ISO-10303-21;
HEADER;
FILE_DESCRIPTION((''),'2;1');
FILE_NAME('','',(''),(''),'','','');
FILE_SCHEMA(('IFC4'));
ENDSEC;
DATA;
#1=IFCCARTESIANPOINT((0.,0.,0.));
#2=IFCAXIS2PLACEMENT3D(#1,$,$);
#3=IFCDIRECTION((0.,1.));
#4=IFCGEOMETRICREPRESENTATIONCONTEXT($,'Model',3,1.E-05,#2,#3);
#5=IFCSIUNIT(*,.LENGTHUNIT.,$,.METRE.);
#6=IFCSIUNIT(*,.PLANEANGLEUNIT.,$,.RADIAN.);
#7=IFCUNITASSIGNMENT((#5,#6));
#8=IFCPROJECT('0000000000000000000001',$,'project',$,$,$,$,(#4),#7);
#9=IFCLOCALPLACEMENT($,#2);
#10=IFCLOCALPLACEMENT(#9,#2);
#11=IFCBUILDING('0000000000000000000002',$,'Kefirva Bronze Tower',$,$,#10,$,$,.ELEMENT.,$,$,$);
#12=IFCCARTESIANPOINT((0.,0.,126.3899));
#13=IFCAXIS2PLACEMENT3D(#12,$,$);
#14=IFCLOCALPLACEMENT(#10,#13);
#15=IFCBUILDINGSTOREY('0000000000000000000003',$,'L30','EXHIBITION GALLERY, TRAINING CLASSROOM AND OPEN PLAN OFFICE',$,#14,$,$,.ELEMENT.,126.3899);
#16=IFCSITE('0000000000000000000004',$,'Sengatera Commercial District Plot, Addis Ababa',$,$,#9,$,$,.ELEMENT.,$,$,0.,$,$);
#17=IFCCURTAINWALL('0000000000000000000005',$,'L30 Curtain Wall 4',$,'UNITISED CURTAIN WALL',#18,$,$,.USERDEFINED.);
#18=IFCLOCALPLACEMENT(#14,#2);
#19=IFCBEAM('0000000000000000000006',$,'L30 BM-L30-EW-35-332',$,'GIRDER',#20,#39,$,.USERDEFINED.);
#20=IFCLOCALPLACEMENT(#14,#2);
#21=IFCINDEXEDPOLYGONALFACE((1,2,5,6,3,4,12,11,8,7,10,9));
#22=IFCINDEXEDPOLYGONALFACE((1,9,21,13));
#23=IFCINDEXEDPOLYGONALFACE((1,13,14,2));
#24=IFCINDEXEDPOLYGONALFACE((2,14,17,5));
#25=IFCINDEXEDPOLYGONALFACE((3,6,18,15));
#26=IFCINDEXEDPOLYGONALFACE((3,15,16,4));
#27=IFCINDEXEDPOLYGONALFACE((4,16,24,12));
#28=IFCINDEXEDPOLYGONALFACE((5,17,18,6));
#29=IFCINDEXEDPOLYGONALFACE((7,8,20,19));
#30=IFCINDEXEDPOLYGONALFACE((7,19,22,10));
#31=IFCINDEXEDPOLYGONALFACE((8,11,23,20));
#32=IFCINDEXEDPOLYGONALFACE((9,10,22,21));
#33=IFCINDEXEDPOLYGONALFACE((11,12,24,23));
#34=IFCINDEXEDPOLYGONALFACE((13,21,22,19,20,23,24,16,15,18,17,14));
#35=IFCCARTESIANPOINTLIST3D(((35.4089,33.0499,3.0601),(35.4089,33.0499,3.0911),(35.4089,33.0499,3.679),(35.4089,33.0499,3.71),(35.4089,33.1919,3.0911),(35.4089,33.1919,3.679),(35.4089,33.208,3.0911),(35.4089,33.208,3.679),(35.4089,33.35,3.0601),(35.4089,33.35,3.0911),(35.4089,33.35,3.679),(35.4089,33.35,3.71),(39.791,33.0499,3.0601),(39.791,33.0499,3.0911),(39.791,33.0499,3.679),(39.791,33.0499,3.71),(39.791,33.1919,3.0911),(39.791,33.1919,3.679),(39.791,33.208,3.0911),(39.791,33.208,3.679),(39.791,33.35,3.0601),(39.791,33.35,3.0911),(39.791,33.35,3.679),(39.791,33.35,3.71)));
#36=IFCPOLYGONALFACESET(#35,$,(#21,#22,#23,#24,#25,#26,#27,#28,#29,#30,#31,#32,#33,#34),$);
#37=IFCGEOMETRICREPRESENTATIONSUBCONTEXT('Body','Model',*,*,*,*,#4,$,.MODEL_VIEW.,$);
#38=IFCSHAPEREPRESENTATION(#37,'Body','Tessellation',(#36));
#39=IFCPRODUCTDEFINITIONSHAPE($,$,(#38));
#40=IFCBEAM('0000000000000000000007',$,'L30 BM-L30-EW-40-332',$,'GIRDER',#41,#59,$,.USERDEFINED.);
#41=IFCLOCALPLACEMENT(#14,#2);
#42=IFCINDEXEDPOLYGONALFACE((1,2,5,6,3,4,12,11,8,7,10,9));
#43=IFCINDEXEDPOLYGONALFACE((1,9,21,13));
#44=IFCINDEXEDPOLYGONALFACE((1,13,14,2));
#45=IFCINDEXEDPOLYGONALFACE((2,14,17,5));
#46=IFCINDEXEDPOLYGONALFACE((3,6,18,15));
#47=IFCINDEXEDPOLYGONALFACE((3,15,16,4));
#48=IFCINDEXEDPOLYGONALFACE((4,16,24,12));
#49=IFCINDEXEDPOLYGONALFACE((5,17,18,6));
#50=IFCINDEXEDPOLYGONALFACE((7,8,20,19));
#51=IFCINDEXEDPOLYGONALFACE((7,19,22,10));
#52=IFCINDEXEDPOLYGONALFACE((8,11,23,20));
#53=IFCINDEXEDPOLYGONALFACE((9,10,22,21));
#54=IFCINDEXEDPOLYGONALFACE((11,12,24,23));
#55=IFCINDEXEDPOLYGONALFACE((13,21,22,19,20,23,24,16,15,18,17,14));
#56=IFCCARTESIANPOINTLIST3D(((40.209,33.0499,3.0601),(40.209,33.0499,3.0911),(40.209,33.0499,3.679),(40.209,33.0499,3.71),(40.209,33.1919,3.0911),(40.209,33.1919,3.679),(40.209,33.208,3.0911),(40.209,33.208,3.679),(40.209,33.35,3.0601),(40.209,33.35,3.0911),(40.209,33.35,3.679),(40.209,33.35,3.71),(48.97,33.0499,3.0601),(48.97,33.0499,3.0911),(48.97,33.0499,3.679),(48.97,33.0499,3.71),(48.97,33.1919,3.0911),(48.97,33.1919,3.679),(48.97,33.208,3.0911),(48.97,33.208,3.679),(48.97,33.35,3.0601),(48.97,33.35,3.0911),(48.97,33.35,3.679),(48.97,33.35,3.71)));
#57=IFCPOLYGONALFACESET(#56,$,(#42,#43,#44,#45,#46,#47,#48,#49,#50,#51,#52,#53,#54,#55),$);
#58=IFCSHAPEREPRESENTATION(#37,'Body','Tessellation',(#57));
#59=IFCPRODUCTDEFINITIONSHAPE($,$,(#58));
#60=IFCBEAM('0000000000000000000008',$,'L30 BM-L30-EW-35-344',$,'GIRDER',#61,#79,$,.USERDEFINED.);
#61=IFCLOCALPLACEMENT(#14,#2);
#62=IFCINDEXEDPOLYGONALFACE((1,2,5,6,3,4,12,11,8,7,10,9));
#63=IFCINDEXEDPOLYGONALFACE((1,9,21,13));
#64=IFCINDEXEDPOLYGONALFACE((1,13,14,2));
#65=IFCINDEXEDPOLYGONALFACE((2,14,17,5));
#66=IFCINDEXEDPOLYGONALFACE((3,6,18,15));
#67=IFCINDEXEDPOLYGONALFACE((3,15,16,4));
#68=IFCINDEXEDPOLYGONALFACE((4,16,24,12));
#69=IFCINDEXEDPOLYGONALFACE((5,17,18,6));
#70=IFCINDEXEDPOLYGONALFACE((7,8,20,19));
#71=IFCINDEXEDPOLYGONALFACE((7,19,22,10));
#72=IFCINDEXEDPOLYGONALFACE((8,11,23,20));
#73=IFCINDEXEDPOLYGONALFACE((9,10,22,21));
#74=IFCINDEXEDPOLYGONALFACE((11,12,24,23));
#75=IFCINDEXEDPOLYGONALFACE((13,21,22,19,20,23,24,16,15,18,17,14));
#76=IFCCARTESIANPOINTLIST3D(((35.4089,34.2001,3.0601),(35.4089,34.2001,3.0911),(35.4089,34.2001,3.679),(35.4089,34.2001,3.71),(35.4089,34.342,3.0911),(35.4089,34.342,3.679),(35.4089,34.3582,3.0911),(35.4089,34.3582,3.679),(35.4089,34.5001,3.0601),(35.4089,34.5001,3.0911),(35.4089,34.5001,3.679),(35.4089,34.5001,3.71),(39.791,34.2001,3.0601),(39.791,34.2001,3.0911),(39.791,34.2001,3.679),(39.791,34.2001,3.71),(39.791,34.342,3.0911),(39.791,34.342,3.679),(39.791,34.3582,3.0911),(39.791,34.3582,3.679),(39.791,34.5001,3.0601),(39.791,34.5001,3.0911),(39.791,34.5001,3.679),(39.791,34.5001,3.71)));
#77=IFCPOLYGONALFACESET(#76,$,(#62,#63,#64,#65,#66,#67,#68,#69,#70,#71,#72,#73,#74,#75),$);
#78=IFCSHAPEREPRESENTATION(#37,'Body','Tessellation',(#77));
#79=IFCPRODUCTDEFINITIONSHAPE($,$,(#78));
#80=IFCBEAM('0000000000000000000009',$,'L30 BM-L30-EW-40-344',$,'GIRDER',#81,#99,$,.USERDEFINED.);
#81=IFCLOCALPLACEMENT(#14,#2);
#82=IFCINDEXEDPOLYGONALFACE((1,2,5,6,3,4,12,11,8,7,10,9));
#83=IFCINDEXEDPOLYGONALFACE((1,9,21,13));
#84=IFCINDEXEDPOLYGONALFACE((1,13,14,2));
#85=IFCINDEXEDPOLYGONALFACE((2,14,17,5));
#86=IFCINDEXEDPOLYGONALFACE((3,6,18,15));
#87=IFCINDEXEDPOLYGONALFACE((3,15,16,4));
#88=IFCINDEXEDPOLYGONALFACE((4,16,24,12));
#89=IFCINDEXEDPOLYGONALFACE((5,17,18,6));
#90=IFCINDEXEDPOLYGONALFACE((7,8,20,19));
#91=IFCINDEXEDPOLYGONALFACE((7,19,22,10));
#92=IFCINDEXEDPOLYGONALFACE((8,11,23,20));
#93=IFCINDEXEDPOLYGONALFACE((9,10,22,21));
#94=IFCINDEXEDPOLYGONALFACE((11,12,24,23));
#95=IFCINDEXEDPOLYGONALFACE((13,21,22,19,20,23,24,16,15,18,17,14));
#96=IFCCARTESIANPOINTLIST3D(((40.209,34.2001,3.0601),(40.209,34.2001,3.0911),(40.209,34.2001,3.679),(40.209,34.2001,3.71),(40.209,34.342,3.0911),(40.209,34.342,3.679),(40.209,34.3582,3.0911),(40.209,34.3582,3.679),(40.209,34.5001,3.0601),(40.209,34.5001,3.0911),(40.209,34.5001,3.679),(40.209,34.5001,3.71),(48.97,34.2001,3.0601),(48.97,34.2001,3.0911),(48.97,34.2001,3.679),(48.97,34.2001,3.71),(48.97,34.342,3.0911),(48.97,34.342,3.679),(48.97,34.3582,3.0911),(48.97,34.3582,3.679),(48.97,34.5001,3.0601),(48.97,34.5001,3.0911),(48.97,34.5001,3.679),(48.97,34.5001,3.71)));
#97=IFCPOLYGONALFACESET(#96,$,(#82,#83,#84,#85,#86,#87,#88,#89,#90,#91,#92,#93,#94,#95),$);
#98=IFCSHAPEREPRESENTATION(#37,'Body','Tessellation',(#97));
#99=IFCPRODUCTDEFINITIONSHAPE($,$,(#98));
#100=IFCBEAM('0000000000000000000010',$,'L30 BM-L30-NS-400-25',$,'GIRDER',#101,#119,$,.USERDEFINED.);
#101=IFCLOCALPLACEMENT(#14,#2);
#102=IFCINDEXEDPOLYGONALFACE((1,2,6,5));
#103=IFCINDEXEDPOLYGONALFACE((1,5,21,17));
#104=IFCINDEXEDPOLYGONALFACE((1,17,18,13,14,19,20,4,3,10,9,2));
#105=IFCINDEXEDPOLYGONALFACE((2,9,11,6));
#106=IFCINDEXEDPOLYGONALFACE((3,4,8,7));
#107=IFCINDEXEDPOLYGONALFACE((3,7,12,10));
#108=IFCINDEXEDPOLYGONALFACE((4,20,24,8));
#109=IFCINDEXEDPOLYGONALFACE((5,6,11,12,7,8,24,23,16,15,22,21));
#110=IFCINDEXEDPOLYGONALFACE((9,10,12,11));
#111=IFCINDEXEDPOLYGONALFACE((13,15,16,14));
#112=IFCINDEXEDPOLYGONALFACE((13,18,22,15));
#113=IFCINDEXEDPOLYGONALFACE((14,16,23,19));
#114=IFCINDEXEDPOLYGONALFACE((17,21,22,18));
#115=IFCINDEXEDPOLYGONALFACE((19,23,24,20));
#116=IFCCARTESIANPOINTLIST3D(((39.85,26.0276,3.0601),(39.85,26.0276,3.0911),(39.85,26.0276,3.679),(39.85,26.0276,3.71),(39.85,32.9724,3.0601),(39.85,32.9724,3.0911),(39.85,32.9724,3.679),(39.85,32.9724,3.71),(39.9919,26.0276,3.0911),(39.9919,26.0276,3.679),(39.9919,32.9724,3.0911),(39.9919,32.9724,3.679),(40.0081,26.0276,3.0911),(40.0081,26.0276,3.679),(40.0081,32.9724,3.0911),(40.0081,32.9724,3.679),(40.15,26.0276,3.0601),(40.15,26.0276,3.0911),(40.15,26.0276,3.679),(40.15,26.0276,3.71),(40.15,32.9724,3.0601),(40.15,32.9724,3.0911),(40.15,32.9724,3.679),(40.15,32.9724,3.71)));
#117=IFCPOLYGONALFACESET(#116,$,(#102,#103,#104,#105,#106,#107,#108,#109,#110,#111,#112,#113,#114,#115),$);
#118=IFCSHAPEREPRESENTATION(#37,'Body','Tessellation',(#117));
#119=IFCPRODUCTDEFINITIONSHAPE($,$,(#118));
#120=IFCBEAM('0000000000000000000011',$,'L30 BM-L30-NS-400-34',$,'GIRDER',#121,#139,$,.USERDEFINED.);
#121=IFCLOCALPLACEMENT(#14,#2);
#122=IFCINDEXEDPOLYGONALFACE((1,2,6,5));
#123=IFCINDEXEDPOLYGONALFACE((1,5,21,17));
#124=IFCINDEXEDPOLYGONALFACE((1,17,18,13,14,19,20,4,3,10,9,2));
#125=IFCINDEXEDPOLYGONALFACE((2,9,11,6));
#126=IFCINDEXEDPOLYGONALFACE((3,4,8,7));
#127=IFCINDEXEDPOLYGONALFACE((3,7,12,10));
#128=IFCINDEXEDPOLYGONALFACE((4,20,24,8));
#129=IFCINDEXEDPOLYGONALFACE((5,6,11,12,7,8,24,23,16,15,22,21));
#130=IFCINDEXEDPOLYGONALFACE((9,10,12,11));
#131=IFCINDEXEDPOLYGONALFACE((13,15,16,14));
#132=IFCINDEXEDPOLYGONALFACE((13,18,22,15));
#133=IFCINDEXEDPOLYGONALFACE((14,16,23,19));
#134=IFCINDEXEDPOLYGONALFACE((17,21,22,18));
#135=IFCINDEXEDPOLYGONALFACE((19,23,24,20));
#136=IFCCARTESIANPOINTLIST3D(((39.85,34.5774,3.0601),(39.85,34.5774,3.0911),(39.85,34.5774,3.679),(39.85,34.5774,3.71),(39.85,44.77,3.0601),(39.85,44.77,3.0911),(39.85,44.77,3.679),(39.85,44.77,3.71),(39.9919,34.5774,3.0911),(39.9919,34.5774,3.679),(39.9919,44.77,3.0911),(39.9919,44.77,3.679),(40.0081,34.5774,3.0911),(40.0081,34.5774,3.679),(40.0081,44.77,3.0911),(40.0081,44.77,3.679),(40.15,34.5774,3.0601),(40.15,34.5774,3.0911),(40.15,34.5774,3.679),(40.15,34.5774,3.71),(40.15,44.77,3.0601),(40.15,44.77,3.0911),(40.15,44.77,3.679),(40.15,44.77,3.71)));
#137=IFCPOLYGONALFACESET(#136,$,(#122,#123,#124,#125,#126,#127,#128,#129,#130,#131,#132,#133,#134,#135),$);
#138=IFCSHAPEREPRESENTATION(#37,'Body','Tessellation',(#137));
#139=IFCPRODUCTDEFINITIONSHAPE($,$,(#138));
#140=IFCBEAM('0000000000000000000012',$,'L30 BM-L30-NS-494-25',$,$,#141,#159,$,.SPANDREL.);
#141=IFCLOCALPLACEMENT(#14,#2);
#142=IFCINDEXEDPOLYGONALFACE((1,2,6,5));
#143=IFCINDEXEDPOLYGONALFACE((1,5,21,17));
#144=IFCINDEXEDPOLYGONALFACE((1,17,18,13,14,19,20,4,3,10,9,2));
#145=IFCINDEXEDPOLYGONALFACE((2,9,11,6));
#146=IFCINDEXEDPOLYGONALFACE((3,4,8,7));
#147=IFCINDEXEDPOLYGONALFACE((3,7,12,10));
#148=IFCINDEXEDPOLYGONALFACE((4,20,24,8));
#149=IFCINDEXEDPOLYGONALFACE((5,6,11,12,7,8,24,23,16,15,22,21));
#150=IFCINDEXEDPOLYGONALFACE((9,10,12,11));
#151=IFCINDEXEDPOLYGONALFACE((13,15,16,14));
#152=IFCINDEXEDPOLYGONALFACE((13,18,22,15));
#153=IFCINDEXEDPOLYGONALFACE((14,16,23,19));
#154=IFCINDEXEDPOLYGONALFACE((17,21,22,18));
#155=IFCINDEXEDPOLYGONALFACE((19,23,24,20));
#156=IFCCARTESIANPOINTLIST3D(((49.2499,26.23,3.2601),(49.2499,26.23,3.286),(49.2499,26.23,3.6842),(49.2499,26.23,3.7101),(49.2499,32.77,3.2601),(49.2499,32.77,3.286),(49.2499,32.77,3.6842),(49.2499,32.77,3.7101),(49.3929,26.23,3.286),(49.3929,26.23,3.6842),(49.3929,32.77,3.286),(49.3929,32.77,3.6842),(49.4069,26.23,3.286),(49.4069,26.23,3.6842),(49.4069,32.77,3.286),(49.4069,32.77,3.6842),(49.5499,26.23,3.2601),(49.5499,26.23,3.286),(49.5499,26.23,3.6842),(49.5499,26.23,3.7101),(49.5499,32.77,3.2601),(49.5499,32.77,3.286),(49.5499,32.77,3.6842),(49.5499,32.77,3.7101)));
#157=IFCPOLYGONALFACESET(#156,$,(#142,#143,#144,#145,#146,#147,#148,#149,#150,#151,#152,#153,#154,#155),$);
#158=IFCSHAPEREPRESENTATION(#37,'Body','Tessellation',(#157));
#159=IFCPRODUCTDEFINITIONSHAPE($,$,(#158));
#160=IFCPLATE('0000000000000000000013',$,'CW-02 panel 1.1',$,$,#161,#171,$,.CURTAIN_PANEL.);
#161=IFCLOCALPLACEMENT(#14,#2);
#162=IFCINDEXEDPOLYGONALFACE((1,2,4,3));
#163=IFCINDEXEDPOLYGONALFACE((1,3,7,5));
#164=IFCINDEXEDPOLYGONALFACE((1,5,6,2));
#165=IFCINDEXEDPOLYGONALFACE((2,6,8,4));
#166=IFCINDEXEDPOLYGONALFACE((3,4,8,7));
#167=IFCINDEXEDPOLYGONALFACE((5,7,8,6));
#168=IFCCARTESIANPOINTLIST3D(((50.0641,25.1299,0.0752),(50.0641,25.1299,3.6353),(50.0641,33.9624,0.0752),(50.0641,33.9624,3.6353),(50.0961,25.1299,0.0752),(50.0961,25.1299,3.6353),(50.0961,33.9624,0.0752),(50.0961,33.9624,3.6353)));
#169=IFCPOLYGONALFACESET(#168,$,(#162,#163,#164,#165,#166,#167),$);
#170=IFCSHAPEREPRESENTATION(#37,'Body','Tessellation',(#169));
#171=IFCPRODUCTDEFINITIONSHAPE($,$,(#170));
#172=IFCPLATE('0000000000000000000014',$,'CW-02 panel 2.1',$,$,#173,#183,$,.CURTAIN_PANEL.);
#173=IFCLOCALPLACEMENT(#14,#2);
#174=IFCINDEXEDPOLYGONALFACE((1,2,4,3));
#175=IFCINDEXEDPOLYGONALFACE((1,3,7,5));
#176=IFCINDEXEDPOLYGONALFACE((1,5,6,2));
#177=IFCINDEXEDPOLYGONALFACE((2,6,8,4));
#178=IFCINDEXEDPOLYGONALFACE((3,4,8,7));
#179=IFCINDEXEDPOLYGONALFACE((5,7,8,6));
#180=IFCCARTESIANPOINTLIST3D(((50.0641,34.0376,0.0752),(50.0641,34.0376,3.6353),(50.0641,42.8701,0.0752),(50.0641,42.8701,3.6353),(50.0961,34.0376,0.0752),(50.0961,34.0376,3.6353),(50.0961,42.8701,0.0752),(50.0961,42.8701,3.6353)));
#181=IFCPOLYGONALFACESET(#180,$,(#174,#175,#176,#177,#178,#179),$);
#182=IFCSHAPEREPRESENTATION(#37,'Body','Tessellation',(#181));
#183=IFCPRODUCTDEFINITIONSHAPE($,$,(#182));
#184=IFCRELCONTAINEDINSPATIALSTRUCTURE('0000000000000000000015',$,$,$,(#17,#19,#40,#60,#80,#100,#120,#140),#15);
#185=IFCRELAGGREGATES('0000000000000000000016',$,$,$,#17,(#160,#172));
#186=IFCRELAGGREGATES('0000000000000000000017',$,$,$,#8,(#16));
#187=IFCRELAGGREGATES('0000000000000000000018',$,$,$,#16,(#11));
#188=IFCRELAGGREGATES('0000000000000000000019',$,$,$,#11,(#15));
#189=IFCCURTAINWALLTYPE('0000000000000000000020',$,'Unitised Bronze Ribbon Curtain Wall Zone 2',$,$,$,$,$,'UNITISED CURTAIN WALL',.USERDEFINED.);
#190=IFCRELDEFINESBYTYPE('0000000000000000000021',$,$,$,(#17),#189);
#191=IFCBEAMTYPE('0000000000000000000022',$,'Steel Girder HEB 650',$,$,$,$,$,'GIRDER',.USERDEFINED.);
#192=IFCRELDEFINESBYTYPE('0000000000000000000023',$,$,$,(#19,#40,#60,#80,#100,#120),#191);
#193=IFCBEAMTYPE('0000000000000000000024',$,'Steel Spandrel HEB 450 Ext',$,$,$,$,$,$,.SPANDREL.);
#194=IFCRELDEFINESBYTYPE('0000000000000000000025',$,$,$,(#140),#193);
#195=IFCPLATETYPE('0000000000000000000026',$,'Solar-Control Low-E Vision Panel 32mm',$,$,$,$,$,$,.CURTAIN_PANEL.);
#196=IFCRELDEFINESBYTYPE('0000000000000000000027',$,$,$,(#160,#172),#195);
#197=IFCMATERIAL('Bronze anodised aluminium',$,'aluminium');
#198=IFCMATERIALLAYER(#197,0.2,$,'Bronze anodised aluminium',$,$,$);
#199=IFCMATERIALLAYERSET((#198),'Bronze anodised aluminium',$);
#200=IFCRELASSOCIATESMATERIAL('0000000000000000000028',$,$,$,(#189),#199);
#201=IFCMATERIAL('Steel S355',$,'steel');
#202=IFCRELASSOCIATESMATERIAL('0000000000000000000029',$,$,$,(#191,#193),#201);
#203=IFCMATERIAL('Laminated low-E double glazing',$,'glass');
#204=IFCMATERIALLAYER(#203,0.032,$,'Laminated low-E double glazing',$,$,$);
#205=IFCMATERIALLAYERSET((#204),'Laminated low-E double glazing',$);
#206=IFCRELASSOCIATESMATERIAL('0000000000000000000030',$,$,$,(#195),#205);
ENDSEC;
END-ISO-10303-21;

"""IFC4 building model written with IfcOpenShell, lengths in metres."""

from ifc_helpers import new_model, si_unit, direction, frame, origin, origin_2d, place, context, subcontext, project, spatial, rectangle, i_section, extrude, material, layer, layer_set, material_profile, profile_set, type_object, element, aggregate, save


model = new_model("IFC4")

# Units and contexts
model_context = context("Model", 3, precision=1e-05, world=origin(), true_north=direction((0.0, 1.0)))
body_context = subcontext(model_context, "Body", "Model", "MODEL_VIEW")
ifc_project = project(units=[si_unit("LENGTHUNIT", "METRE"), si_unit("PLANEANGLEUNIT", "RADIAN")], contexts=[model_context])

# Site, building, storey
site_placement = place(None, origin())
site = spatial("IfcSite", under=ifc_project, at=site_placement, Name="Sengatera Commercial District Plot, Addis Ababa", CompositionType="ELEMENT", RefElevation=0.0)
building_placement = place(site_placement, origin())
building = spatial("IfcBuilding", under=site, at=building_placement, Name="Kefirva Bronze Tower", CompositionType="ELEMENT")
storey_placement = place(building_placement, frame((0.0, 0.0, 126.3899)))
storey = spatial("IfcBuildingStorey", under=building, at=storey_placement, Name="L30", Description="EXHIBITION GALLERY, TRAINING CLASSROOM AND OPEN PLAN OFFICE", CompositionType="ELEMENT", Elevation=126.3899)

# Curtain wall
ifc_material_1 = material(Name="Bronze anodised aluminium", Category="aluminium")
ifc_layer_1 = layer(ifc_material_1, 0.2, Name="Bronze anodised aluminium")
ifc_layer_set_1 = layer_set([ifc_layer_1], Name="Bronze anodised aluminium")
curtain_wall_type = type_object("IfcCurtainWallType", Name="Unitised Bronze Ribbon Curtain Wall Zone 2", ElementType="UNITISED CURTAIN WALL", PredefinedType="USERDEFINED", material=ifc_layer_set_1)
curtain_wall_placement = place(storey_placement, origin())
curtain_wall = element("IfcCurtainWall", 1, at=curtain_wall_placement, inside=storey, type_object=curtain_wall_type, Name="L30 Curtain Wall 4", ObjectType="UNITISED CURTAIN WALL", PredefinedType="USERDEFINED")

# Beams
ifc_material_2 = material(Name="Steel S355", Category="steel")
ifc_material_profile_1 = material_profile(ifc_material_2, i_section(OverallWidth=0.3, OverallDepth=0.6499, WebThickness=0.0161, FlangeThickness=0.031, at=origin_2d()), Name="HEB 650")
ifc_profile_set_1 = profile_set([ifc_material_profile_1], Name="Steel S355")
beam_type_1 = type_object("IfcBeamType", Name="Steel Girder HEB 650", ElementType="GIRDER", PredefinedType="USERDEFINED", material=ifc_profile_set_1)
beam_1_placement = place(storey_placement, frame((35.4089, 33.2, 3.385), z_axis=(1.0, 0.0, 0.0), x_axis=(0.0, 1.0, 0.0)))
element("IfcBeam", 2, at=beam_1_placement, inside=storey, type_object=beam_type_1, Name="L30 BM-L30-EW-35-332", ObjectType="GIRDER", PredefinedType="USERDEFINED", context=body_context, shape_type="SweptSolid", body=[
    extrude(i_section(OverallWidth=0.3, OverallDepth=0.6499, WebThickness=0.0161, FlangeThickness=0.031, at=origin_2d()), origin(), (0.0, 0.0, 1.0), 4.3821),
])
beam_2_placement = place(storey_placement, frame((40.209, 33.2, 3.385), z_axis=(1.0, 0.0, 0.0), x_axis=(0.0, 1.0, 0.0)))
element("IfcBeam", 3, at=beam_2_placement, inside=storey, type_object=beam_type_1, Name="L30 BM-L30-EW-40-332", ObjectType="GIRDER", PredefinedType="USERDEFINED", context=body_context, shape_type="SweptSolid", body=[
    extrude(i_section(OverallWidth=0.3, OverallDepth=0.6499, WebThickness=0.0161, FlangeThickness=0.031, at=origin_2d()), origin(), (0.0, 0.0, 1.0), 8.761),
])
beam_3_placement = place(storey_placement, frame((35.4089, 34.3501, 3.385), z_axis=(1.0, 0.0, 0.0), x_axis=(0.0, 1.0, 0.0)))
element("IfcBeam", 4, at=beam_3_placement, inside=storey, type_object=beam_type_1, Name="L30 BM-L30-EW-35-344", ObjectType="GIRDER", PredefinedType="USERDEFINED", context=body_context, shape_type="SweptSolid", body=[
    extrude(i_section(OverallWidth=0.3, OverallDepth=0.6499, WebThickness=0.0161, FlangeThickness=0.031, at=origin_2d()), origin(), (0.0, 0.0, 1.0), 4.3821),
])
beam_4_placement = place(storey_placement, frame((40.209, 34.3501, 3.385), z_axis=(1.0, 0.0, 0.0), x_axis=(0.0, 1.0, 0.0)))
element("IfcBeam", 5, at=beam_4_placement, inside=storey, type_object=beam_type_1, Name="L30 BM-L30-EW-40-344", ObjectType="GIRDER", PredefinedType="USERDEFINED", context=body_context, shape_type="SweptSolid", body=[
    extrude(i_section(OverallWidth=0.3, OverallDepth=0.6499, WebThickness=0.0161, FlangeThickness=0.031, at=origin_2d()), origin(), (0.0, 0.0, 1.0), 8.761),
])
beam_5_placement = place(storey_placement, frame((40.0, 26.0276, 3.385), z_axis=(0.0, 1.0, 0.0), x_axis=(-1.0, 0.0, 0.0)))
element("IfcBeam", 6, at=beam_5_placement, inside=storey, type_object=beam_type_1, Name="L30 BM-L30-NS-400-25", ObjectType="GIRDER", PredefinedType="USERDEFINED", context=body_context, shape_type="SweptSolid", body=[
    extrude(i_section(OverallWidth=0.3, OverallDepth=0.6499, WebThickness=0.0161, FlangeThickness=0.031, at=origin_2d()), origin(), (0.0, 0.0, 1.0), 6.9448),
])
beam_6_placement = place(storey_placement, frame((40.0, 34.5774, 3.385), z_axis=(0.0, 1.0, 0.0), x_axis=(-1.0, 0.0, 0.0)))
element("IfcBeam", 7, at=beam_6_placement, inside=storey, type_object=beam_type_1, Name="L30 BM-L30-NS-400-34", ObjectType="GIRDER", PredefinedType="USERDEFINED", context=body_context, shape_type="SweptSolid", body=[
    extrude(i_section(OverallWidth=0.3, OverallDepth=0.6499, WebThickness=0.0161, FlangeThickness=0.031, at=origin_2d()), origin(), (0.0, 0.0, 1.0), 10.1926),
])
ifc_material_profile_2 = material_profile(ifc_material_2, i_section(OverallWidth=0.3, OverallDepth=0.45, WebThickness=0.0139, FlangeThickness=0.0259, at=origin_2d()), Name="HEB 450")
ifc_profile_set_2 = profile_set([ifc_material_profile_2], Name="Steel S355")
beam_type_2 = type_object("IfcBeamType", Name="Steel Spandrel HEB 450 Ext", PredefinedType="SPANDREL", material=ifc_profile_set_2)
beam_7_placement = place(storey_placement, frame((49.3999, 26.23, 3.4851), z_axis=(0.0, 1.0, 0.0), x_axis=(-1.0, 0.0, 0.0)))
element("IfcBeam", 8, at=beam_7_placement, inside=storey, type_object=beam_type_2, Name="L30 BM-L30-NS-494-25", PredefinedType="SPANDREL", context=body_context, shape_type="SweptSolid", body=[
    extrude(i_section(OverallWidth=0.3, OverallDepth=0.45, WebThickness=0.0139, FlangeThickness=0.0259, at=origin_2d()), origin(), (0.0, 0.0, 1.0), 6.54),
])

# Plates
ifc_material_3 = material(Name="Laminated low-E double glazing", Category="glass")
ifc_layer_2 = layer(ifc_material_3, 0.032, Name="Laminated low-E double glazing")
ifc_layer_set_2 = layer_set([ifc_layer_2], Name="Laminated low-E double glazing")
plate_type = type_object("IfcPlateType", Name="Solar-Control Low-E Vision Panel 32mm", PredefinedType="CURTAIN_PANEL", material=ifc_layer_set_2)
plate_1_placement = place(storey_placement, frame((50.0801, 29.5461, 0.0752), z_axis=(0.0, 0.0, 1.0), x_axis=(0.0, 1.0, 0.0)))
plate_1 = element("IfcPlate", 9, at=plate_1_placement, type_object=plate_type, Name="CW-02 panel 1.1", PredefinedType="CURTAIN_PANEL", context=body_context, shape_type="SweptSolid", body=[
    extrude(rectangle(XDim=8.8325, YDim=0.032, at=origin_2d()), origin(), (0.0, 0.0, 1.0), 3.5601),
])
plate_2_placement = place(storey_placement, frame((50.0801, 38.4539, 0.0752), z_axis=(0.0, 0.0, 1.0), x_axis=(0.0, 1.0, 0.0)))
plate_2 = element("IfcPlate", 10, at=plate_2_placement, type_object=plate_type, Name="CW-02 panel 2.1", PredefinedType="CURTAIN_PANEL", context=body_context, shape_type="SweptSolid", body=[
    extrude(rectangle(XDim=8.8325, YDim=0.032, at=origin_2d()), origin(), (0.0, 0.0, 1.0), 3.5601),
])
aggregate(curtain_wall, [plate_1, plate_2])

save(model, "model.ifc")
